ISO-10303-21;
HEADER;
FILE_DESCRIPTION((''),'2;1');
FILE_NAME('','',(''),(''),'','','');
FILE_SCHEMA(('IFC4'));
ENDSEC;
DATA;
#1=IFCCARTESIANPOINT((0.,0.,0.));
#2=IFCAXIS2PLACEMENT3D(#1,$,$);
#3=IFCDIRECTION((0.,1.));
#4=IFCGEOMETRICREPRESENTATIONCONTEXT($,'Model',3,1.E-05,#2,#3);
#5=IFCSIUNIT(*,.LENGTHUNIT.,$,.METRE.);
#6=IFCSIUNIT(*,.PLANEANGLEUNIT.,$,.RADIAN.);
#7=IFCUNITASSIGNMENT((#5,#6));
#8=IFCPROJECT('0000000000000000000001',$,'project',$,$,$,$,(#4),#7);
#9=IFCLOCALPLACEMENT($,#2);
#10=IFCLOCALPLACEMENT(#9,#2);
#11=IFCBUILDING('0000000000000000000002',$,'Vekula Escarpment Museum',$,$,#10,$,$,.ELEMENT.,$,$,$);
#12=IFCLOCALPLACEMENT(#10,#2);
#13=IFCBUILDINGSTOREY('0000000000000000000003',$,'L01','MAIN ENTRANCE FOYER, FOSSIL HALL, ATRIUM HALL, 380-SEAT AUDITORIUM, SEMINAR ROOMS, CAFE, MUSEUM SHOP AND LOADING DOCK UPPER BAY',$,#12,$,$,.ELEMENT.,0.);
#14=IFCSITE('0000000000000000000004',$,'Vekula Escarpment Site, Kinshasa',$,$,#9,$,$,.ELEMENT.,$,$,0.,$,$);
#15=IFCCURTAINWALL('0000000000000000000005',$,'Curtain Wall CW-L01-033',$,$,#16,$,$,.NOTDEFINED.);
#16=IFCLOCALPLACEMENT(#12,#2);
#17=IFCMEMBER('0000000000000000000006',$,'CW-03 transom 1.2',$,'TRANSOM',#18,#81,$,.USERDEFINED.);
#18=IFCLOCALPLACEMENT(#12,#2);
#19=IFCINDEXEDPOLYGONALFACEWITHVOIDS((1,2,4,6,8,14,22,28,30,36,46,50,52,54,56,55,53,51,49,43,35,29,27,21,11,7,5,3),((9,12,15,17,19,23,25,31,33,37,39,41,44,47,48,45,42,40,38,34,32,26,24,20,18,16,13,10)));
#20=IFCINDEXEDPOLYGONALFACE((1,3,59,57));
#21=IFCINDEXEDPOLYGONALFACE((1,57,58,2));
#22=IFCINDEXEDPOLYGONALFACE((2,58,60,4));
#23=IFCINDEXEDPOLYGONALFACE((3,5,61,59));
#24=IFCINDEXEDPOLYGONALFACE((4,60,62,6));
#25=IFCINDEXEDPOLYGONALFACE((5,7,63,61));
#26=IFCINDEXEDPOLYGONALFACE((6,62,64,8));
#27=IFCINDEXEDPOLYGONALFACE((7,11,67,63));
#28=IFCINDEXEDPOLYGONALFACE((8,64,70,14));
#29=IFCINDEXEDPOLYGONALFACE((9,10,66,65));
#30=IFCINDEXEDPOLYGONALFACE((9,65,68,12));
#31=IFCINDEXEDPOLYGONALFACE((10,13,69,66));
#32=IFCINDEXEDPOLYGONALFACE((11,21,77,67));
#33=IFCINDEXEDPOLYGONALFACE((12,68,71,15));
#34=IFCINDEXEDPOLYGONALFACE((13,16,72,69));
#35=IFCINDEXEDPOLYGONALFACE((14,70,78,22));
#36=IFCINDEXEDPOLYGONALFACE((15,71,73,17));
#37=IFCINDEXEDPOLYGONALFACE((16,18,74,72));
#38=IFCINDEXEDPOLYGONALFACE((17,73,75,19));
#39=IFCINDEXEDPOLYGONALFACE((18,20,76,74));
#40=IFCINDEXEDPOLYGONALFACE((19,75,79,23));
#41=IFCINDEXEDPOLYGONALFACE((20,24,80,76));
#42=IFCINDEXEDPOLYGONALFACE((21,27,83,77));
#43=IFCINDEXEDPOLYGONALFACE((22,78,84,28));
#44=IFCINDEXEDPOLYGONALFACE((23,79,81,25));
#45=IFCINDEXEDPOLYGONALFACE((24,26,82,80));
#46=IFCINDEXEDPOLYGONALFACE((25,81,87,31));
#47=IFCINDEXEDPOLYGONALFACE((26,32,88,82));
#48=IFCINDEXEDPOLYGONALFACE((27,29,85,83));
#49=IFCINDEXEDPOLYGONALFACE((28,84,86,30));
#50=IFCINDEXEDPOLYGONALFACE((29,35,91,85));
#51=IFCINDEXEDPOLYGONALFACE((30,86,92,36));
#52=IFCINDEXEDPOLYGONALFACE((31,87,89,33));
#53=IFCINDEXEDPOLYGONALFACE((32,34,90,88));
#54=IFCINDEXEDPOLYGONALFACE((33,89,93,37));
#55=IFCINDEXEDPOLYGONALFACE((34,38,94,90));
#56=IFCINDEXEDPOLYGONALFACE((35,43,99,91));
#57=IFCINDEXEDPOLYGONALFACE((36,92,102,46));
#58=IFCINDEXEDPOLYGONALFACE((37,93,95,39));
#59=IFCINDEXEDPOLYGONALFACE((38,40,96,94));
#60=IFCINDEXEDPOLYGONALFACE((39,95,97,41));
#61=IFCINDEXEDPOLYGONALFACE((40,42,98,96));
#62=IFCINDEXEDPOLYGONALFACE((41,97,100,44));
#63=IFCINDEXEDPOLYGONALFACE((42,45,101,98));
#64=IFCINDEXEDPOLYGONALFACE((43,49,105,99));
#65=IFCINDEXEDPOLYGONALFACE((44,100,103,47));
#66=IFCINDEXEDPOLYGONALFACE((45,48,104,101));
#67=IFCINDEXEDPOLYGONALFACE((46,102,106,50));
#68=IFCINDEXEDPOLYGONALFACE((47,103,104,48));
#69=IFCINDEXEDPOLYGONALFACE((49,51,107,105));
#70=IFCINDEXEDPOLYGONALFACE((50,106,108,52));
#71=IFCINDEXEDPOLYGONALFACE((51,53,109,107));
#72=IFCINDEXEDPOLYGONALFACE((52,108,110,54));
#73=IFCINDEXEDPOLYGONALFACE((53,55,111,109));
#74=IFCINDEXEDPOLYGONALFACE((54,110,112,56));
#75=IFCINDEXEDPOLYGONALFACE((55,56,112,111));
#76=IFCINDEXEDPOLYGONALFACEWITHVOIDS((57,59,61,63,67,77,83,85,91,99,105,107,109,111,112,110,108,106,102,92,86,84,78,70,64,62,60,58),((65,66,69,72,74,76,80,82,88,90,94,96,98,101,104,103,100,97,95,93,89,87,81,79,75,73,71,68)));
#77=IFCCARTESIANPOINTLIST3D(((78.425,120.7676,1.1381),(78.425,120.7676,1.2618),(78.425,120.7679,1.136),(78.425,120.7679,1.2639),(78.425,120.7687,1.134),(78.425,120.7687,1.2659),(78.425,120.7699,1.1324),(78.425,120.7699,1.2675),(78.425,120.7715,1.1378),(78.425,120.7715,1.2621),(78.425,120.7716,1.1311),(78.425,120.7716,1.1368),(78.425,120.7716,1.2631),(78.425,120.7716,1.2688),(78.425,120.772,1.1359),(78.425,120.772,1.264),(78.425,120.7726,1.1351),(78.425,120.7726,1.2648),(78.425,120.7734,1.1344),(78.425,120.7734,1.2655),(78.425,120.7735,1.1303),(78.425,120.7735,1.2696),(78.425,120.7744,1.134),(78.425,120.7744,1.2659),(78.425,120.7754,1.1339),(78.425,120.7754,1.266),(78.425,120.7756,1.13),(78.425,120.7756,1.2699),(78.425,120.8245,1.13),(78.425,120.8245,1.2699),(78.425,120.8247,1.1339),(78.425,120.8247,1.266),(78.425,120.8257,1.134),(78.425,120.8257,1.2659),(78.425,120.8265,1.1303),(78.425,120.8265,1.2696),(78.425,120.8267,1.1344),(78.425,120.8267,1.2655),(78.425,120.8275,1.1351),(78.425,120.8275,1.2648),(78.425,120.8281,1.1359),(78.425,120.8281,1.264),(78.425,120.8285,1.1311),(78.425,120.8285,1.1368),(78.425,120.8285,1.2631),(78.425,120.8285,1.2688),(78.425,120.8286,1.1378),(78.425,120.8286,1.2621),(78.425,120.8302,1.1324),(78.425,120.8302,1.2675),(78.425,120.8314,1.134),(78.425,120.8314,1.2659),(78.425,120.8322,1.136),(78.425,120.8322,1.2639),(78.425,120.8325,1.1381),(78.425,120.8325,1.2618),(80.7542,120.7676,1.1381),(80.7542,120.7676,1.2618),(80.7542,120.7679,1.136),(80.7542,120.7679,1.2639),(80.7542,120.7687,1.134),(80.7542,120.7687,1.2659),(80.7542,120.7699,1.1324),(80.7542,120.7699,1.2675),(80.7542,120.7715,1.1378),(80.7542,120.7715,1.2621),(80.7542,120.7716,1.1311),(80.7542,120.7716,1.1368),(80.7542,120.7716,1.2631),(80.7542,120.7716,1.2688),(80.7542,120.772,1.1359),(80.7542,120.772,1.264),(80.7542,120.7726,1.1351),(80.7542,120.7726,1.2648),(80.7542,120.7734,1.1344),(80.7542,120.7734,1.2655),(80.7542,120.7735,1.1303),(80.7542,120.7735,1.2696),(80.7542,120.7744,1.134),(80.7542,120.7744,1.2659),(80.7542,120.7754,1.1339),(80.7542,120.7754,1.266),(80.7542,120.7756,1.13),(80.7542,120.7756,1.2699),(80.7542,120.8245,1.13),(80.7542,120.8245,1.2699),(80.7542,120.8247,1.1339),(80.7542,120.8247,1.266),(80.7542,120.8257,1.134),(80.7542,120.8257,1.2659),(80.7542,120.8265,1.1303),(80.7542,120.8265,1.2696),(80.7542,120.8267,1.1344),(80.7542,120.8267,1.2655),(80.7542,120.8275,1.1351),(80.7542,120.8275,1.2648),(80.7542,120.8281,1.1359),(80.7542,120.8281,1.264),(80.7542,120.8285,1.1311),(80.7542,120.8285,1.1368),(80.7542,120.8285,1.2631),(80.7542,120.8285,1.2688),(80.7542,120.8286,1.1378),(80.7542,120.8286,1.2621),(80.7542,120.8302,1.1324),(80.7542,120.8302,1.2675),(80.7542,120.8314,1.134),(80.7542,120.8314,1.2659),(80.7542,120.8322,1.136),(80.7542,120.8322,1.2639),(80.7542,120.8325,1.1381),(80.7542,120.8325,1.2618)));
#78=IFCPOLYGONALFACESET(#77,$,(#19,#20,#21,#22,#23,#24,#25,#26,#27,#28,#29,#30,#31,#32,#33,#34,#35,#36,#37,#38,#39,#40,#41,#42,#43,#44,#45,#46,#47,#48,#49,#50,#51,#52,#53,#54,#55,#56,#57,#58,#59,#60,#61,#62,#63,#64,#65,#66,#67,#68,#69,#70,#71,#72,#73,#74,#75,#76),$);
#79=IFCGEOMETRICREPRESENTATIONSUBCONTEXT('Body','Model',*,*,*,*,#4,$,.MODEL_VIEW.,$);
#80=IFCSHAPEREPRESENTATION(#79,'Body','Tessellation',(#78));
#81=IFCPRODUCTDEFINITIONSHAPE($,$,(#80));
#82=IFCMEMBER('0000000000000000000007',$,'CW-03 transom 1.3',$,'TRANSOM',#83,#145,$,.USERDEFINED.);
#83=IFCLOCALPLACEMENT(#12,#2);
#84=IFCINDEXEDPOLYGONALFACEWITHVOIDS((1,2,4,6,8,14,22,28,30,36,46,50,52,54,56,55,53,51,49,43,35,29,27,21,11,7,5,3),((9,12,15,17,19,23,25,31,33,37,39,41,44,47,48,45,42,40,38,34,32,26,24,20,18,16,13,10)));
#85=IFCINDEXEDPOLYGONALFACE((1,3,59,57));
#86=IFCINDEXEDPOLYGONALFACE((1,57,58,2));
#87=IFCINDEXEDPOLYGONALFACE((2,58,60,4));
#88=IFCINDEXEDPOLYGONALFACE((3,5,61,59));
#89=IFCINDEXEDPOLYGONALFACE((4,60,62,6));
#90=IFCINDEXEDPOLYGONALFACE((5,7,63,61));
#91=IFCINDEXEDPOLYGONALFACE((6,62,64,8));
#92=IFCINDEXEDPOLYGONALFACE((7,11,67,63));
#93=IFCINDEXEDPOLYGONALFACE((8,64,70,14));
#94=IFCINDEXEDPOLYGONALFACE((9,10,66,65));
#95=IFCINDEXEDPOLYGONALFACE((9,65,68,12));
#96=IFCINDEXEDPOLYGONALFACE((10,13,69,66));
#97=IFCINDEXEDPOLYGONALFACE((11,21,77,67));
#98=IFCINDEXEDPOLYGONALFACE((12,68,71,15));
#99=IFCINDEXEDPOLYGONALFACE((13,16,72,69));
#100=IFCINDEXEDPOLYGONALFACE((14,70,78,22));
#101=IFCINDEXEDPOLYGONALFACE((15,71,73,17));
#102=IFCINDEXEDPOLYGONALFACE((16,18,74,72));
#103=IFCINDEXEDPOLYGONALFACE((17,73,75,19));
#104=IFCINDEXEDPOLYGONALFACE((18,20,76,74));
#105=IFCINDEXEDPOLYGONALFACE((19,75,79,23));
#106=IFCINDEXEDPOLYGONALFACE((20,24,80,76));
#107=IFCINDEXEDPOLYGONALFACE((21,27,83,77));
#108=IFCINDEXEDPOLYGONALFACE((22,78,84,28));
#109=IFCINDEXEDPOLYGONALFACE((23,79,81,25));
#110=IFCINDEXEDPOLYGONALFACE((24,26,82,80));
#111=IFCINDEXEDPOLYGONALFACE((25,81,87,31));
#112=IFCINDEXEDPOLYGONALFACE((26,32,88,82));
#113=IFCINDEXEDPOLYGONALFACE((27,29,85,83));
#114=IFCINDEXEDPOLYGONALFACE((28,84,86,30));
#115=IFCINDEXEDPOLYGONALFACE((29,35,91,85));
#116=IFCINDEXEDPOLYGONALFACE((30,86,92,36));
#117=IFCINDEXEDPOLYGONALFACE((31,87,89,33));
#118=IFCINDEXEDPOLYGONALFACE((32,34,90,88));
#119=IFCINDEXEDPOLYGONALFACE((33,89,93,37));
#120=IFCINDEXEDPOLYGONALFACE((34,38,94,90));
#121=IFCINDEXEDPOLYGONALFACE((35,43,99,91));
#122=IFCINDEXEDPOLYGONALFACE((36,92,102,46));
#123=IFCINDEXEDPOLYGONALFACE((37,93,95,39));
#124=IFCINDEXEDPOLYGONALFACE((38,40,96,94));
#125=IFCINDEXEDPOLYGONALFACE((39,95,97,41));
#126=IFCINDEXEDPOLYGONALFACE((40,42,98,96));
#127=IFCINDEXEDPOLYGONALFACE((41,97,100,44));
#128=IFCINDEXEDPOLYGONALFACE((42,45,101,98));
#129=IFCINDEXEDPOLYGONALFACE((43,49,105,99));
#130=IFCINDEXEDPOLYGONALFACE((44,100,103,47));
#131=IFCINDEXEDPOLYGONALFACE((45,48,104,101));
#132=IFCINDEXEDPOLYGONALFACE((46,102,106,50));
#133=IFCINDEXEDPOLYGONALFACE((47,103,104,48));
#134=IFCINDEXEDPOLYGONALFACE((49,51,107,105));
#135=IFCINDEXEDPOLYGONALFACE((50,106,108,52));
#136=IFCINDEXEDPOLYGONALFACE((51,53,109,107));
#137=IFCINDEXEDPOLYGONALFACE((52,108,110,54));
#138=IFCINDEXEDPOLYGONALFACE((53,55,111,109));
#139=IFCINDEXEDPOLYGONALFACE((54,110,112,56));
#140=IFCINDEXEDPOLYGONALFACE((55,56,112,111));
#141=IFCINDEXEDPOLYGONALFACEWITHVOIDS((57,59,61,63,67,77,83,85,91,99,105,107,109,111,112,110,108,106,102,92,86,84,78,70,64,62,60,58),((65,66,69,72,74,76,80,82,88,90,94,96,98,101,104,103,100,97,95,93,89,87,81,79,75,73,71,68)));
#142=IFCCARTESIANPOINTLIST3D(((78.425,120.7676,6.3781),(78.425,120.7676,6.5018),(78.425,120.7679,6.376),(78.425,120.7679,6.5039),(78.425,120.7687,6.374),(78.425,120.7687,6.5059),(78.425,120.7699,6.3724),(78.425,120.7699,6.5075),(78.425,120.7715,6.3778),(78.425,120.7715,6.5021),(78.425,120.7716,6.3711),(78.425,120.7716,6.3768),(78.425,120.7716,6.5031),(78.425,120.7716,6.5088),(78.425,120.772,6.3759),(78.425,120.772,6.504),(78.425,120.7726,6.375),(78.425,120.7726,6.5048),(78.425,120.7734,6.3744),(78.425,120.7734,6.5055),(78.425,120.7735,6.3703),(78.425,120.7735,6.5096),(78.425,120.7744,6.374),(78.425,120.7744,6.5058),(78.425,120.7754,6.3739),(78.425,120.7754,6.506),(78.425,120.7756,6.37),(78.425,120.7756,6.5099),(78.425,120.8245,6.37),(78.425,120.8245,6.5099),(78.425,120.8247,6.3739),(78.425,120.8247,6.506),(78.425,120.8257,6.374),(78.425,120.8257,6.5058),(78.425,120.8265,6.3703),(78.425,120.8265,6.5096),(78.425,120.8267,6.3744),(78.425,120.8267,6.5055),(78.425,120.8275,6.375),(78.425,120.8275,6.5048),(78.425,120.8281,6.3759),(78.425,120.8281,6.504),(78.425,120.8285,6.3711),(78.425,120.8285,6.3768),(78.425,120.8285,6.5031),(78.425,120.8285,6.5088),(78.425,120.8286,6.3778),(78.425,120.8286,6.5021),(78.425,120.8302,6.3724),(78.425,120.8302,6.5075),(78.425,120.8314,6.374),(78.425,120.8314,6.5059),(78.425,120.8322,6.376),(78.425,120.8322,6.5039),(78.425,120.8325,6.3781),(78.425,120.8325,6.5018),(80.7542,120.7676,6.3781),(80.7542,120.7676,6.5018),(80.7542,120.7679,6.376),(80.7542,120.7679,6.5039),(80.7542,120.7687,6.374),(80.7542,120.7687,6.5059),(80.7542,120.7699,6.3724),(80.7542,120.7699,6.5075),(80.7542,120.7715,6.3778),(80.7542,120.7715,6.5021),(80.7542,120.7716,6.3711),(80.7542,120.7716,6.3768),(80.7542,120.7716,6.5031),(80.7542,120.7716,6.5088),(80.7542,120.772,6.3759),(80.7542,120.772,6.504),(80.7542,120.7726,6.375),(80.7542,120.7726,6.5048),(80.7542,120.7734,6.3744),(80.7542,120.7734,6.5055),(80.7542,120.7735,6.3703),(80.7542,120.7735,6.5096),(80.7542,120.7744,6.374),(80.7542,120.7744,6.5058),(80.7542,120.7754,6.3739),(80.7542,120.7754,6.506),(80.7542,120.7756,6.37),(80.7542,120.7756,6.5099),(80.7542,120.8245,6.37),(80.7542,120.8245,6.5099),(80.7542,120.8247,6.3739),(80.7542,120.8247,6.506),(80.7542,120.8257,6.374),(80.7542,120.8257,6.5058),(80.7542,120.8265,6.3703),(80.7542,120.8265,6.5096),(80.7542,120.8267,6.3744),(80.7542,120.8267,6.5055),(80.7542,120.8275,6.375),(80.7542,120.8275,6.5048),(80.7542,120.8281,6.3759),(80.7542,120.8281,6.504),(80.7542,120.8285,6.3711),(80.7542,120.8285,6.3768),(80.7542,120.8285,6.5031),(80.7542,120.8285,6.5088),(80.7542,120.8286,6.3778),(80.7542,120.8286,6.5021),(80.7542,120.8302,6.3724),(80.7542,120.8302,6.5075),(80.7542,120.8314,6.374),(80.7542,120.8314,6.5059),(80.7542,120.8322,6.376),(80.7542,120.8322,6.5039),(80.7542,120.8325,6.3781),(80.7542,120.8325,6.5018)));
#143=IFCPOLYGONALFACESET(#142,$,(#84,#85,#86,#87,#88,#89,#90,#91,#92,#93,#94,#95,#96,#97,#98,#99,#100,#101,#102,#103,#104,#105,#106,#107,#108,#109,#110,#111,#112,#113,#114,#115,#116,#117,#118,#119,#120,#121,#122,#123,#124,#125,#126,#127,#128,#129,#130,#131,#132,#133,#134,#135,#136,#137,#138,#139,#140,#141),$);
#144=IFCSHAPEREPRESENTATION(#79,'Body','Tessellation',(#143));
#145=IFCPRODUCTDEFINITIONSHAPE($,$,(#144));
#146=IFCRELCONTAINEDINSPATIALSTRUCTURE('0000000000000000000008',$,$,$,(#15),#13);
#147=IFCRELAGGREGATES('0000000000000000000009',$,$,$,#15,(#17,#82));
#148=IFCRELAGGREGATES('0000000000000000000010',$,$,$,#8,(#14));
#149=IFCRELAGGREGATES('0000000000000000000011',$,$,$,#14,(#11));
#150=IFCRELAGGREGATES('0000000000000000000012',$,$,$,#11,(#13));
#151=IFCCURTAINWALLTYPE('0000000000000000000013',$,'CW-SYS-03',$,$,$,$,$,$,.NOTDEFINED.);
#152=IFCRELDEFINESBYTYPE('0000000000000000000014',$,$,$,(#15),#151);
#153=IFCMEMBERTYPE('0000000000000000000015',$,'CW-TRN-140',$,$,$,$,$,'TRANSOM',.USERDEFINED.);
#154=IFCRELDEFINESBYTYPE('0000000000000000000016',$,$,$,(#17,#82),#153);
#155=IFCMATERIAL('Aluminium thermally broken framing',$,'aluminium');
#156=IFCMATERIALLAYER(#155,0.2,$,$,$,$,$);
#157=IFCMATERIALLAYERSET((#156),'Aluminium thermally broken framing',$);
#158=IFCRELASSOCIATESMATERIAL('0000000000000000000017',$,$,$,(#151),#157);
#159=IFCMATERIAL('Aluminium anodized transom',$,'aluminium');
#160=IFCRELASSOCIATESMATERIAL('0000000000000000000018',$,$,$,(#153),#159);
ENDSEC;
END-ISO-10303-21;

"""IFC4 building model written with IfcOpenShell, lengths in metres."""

from ifc_helpers import new_model, si_unit, direction, frame, origin, origin_2d, place, context, subcontext, project, spatial, hollow_rectangle, extrude, material, layer, layer_set, material_profile, profile_set, type_object, element, aggregate, save


model = new_model("IFC4")

# Units and contexts
model_context = context("Model", 3, precision=1e-05, world=origin(), true_north=direction((0.0, 1.0)))
body_context = subcontext(model_context, "Body", "Model", "MODEL_VIEW")
ifc_project = project(units=[si_unit("LENGTHUNIT", "METRE"), si_unit("PLANEANGLEUNIT", "RADIAN")], contexts=[model_context])

# Site, building, storey
site_placement = place(None, origin())
site = spatial("IfcSite", under=ifc_project, at=site_placement, Name="Vekula Escarpment Site, Kinshasa", CompositionType="ELEMENT", RefElevation=0.0)
building_placement = place(site_placement, origin())
building = spatial("IfcBuilding", under=site, at=building_placement, Name="Vekula Escarpment Museum", CompositionType="ELEMENT")
storey_placement = place(building_placement, origin())
storey = spatial("IfcBuildingStorey", under=building, at=storey_placement, Name="L01", Description="MAIN ENTRANCE FOYER, FOSSIL HALL, ATRIUM HALL, 380-SEAT AUDITORIUM, SEMINAR ROOMS, CAFE, MUSEUM SHOP AND LOADING DOCK UPPER BAY", CompositionType="ELEMENT", Elevation=0.0)

# Curtain wall, members
ifc_material_1 = material(Name="Aluminium thermally broken framing", Category="aluminium")
ifc_layer_1 = layer(ifc_material_1, 0.2)
ifc_layer_set_1 = layer_set([ifc_layer_1], Name="Aluminium thermally broken framing")
curtain_wall_type = type_object("IfcCurtainWallType", Name="CW-SYS-03", PredefinedType="NOTDEFINED", material=ifc_layer_set_1)
curtain_wall_placement = place(storey_placement, origin())
curtain_wall = element("IfcCurtainWall", 1, at=curtain_wall_placement, inside=storey, type_object=curtain_wall_type, Name="Curtain Wall CW-L01-033", PredefinedType="NOTDEFINED")
ifc_material_2 = material(Name="Aluminium anodized transom", Category="aluminium")
ifc_material_profile_1 = material_profile(ifc_material_2, hollow_rectangle(XDim=0.0649, YDim=0.1399, WallThickness=0.0039, InnerFilletRadius=0.0039, OuterFilletRadius=0.0081, at=origin_2d()), Name="ALU 140x65x4")
ifc_profile_set_1 = profile_set([ifc_material_profile_1], Name="Aluminium anodized transom")
member_type_1 = type_object("IfcMemberType", Name="CW-TRN-140", ElementType="TRANSOM", PredefinedType="USERDEFINED", material=ifc_profile_set_1)
member_1_placement = place(storey_placement, frame((78.425, 120.8, 1.2), z_axis=(1.0, 0.0, 0.0), x_axis=(0.0, 1.0, 0.0)))
member_1 = element("IfcMember", 2, at=member_1_placement, type_object=member_type_1, Name="CW-03 transom 1.2", ObjectType="TRANSOM", PredefinedType="USERDEFINED", context=body_context, shape_type="SweptSolid", body=[
    extrude(hollow_rectangle(XDim=0.0649, YDim=0.1399, WallThickness=0.0039, InnerFilletRadius=0.0039, OuterFilletRadius=0.0081, at=origin_2d()), origin(), (0.0, 0.0, 1.0), 2.3291),
])
member_2_placement = place(storey_placement, frame((78.425, 120.8, 6.4399), z_axis=(1.0, 0.0, 0.0), x_axis=(0.0, 1.0, 0.0)))
member_2 = element("IfcMember", 3, at=member_2_placement, type_object=member_type_1, Name="CW-03 transom 1.3", ObjectType="TRANSOM", PredefinedType="USERDEFINED", context=body_context, shape_type="SweptSolid", body=[
    extrude(hollow_rectangle(XDim=0.0649, YDim=0.1399, WallThickness=0.0039, InnerFilletRadius=0.0039, OuterFilletRadius=0.0081, at=origin_2d()), origin(), (0.0, 0.0, 1.0), 2.3291),
])
aggregate(curtain_wall, [member_1, member_2])

save(model, "model.ifc")
